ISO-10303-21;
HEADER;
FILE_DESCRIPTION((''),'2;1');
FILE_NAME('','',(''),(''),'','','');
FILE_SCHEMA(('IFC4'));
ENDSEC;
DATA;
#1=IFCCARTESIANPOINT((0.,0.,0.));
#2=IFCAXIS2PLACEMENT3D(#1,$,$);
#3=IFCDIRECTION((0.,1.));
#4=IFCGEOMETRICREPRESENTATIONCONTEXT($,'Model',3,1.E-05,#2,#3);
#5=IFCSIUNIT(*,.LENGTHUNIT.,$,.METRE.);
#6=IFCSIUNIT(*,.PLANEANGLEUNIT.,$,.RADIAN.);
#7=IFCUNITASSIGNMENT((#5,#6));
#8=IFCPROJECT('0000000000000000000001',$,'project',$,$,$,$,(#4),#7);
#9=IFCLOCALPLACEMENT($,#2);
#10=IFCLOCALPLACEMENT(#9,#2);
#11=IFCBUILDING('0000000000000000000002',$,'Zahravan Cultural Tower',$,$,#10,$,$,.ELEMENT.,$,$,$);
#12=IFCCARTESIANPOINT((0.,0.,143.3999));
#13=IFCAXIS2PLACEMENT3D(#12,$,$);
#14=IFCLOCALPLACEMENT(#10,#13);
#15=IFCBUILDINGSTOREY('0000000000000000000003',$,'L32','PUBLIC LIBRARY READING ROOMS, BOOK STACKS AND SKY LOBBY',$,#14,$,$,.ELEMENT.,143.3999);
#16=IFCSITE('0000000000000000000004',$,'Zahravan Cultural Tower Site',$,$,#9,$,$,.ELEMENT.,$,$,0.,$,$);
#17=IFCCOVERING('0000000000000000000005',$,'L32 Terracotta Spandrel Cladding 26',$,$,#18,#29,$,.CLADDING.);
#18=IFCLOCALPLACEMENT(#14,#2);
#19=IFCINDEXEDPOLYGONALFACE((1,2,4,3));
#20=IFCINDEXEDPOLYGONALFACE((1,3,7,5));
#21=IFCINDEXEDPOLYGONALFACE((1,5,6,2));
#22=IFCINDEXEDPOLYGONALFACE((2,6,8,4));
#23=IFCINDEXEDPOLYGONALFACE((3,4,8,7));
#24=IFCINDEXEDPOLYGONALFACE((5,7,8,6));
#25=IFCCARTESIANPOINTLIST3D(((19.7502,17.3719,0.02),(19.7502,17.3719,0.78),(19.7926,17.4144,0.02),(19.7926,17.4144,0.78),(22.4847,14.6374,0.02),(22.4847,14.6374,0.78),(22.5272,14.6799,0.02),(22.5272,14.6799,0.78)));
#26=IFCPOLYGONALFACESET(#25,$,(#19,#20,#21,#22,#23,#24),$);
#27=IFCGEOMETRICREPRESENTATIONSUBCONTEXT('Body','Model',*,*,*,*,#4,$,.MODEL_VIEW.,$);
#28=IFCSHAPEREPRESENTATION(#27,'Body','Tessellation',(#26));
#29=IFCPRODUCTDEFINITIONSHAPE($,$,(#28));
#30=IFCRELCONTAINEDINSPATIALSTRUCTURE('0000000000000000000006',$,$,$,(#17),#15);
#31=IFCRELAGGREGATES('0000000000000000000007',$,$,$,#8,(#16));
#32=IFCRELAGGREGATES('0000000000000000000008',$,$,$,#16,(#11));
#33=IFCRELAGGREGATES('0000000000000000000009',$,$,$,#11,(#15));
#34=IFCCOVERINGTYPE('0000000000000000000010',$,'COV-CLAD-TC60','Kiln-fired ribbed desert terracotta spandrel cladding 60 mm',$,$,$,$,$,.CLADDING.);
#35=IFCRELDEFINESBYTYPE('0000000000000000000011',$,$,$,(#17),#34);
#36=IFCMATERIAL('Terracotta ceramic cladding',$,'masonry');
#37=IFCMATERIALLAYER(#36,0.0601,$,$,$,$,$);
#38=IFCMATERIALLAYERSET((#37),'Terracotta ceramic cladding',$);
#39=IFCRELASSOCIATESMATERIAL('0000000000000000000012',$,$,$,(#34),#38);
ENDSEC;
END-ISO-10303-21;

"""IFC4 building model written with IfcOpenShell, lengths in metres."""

from ifc_helpers import new_model, si_unit, direction, frame, origin, origin_2d, place, context, subcontext, project, spatial, rectangle, extrude, source, transform, mapped, material, layer, layer_set, type_object, element, save


model = new_model("IFC4")

# Units and contexts
model_context = context("Model", 3, precision=1e-05, world=origin(), true_north=direction((0.0, 1.0)))
body_context = subcontext(model_context, "Body", "Model", "MODEL_VIEW")
ifc_project = project(units=[si_unit("LENGTHUNIT", "METRE"), si_unit("PLANEANGLEUNIT", "RADIAN")], contexts=[model_context])

# Site, building, storey
site_placement = place(None, origin())
site = spatial("IfcSite", under=ifc_project, at=site_placement, Name="Zahravan Cultural Tower Site", CompositionType="ELEMENT", RefElevation=0.0)
building_placement = place(site_placement, origin())
building = spatial("IfcBuilding", under=site, at=building_placement, Name="Zahravan Cultural Tower", CompositionType="ELEMENT")
storey_placement = place(building_placement, frame((0.0, 0.0, 143.3999)))
storey = spatial("IfcBuildingStorey", under=building, at=storey_placement, Name="L32", Description="PUBLIC LIBRARY READING ROOMS, BOOK STACKS AND SKY LOBBY", CompositionType="ELEMENT", Elevation=143.3999)

# Covering
ifc_material_1 = material(Name="Terracotta ceramic cladding", Category="masonry")
ifc_layer_1 = layer(ifc_material_1, 0.0601)
ifc_layer_set_1 = layer_set([ifc_layer_1], Name="Terracotta ceramic cladding")
covering_type_1 = type_object("IfcCoveringType", Name="COV-CLAD-TC60", Description="Kiln-fired ribbed desert terracotta spandrel cladding 60 mm", PredefinedType="CLADDING", material=ifc_layer_set_1)
shared_shape_1 = source(origin(), body_context, "Body", "SweptSolid", [
    extrude(rectangle(XDim=3.8672, YDim=0.0601, at=origin_2d()), origin(), (0.0, 0.0, 1.0), 0.76),
])
covering_1_placement = place(storey_placement, frame((21.1387, 16.0259, 0.02), z_axis=(0.0, 0.0, 1.0), x_axis=(-0.707107, 0.707107, 0.0)))
element("IfcCovering", 1, at=covering_1_placement, inside=storey, type_object=covering_type_1, Name="L32 Terracotta Spandrel Cladding 26", PredefinedType="CLADDING", context=body_context, shape_type="MappedRepresentation", body=[
    mapped(shared_shape_1, transform((0.0, 0.0, 0.0), x_axis=(1.0, 0.0, 0.0), y_axis=(0.0, 1.0, 0.0), z_axis=(0.0, 0.0, 1.0), scale=1.0)),
])

save(model, "model.ifc")
